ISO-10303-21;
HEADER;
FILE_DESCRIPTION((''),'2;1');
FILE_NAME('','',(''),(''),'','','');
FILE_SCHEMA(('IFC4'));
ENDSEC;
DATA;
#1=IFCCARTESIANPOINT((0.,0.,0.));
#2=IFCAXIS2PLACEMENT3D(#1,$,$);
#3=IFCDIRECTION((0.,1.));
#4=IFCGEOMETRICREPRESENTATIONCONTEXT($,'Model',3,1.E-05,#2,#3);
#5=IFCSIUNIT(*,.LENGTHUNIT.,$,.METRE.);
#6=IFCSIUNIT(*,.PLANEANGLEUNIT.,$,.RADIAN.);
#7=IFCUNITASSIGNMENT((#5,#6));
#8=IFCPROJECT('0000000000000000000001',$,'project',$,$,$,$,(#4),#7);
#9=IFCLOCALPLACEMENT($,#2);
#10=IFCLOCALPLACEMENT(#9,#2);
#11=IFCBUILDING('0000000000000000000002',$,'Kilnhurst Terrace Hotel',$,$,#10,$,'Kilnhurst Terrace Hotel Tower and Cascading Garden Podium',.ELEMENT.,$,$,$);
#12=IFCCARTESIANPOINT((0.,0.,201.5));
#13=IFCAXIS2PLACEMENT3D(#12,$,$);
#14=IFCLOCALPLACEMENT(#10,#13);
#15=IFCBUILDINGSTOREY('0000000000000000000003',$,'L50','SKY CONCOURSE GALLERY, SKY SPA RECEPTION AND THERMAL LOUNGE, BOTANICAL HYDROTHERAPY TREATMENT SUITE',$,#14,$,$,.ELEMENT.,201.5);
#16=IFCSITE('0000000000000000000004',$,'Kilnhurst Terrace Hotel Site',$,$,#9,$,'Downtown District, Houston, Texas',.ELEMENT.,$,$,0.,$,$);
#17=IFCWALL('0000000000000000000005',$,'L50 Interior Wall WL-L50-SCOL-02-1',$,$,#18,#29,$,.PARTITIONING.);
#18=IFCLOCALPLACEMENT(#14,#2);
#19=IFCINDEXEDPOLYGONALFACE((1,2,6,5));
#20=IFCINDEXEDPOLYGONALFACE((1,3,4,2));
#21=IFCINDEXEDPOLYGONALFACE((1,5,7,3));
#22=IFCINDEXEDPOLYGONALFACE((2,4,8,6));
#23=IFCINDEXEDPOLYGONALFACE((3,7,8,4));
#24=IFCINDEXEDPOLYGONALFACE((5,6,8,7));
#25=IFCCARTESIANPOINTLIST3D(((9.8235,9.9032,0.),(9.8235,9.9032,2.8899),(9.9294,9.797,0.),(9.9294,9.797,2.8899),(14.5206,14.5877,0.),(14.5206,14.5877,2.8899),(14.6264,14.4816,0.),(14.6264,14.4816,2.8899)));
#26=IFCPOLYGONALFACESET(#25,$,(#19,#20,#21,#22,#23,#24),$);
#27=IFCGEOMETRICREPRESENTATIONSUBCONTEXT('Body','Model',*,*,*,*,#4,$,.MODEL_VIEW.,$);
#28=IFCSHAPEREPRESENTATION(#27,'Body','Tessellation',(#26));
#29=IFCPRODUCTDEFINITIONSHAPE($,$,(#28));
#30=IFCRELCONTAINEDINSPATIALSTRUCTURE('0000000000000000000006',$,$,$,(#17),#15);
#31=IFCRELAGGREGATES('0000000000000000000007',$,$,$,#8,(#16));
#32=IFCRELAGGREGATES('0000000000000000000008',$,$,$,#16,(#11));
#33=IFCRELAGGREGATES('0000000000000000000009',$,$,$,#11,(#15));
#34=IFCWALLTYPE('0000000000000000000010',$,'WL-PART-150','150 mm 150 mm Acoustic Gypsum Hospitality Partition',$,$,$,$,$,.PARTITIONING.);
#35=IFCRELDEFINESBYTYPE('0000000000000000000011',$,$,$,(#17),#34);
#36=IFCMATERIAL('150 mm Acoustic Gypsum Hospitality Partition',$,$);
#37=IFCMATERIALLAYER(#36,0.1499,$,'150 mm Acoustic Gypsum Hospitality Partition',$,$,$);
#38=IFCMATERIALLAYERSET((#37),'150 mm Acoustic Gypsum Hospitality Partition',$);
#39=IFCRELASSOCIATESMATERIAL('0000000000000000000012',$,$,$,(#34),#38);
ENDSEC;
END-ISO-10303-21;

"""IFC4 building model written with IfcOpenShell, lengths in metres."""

from ifc_helpers import new_model, si_unit, direction, frame, frame_2d, origin, place, context, subcontext, project, spatial, rectangle, extrude, material, layer, layer_set, type_object, element, save


model = new_model("IFC4")

# Units and contexts
model_context = context("Model", 3, precision=1e-05, world=origin(), true_north=direction((0.0, 1.0)))
body_context = subcontext(model_context, "Body", "Model", "MODEL_VIEW")
ifc_project = project(units=[si_unit("LENGTHUNIT", "METRE"), si_unit("PLANEANGLEUNIT", "RADIAN")], contexts=[model_context])

# Site, building, storey
site_placement = place(None, origin())
site = spatial("IfcSite", under=ifc_project, at=site_placement, Name="Kilnhurst Terrace Hotel Site", LongName="Downtown District, Houston, Texas", CompositionType="ELEMENT", RefElevation=0.0)
building_placement = place(site_placement, origin())
building = spatial("IfcBuilding", under=site, at=building_placement, Name="Kilnhurst Terrace Hotel", LongName="Kilnhurst Terrace Hotel Tower and Cascading Garden Podium", CompositionType="ELEMENT")
storey_placement = place(building_placement, frame((0.0, 0.0, 201.5)))
storey = spatial("IfcBuildingStorey", under=building, at=storey_placement, Name="L50", Description="SKY CONCOURSE GALLERY, SKY SPA RECEPTION AND THERMAL LOUNGE, BOTANICAL HYDROTHERAPY TREATMENT SUITE", CompositionType="ELEMENT", Elevation=201.5)

# Wall
ifc_material_1 = material(Name="150 mm Acoustic Gypsum Hospitality Partition")
ifc_layer_1 = layer(ifc_material_1, 0.1499, Name="150 mm Acoustic Gypsum Hospitality Partition")
ifc_layer_set_1 = layer_set([ifc_layer_1], Name="150 mm Acoustic Gypsum Hospitality Partition")
wall_type_1 = type_object("IfcWallType", Name="WL-PART-150", Description="150 mm 150 mm Acoustic Gypsum Hospitality Partition", PredefinedType="PARTITIONING", material=ifc_layer_set_1)
wall_1_placement = place(storey_placement, frame((9.8765, 9.8501, 0.0), z_axis=(0.0, 0.0, 1.0), x_axis=(0.708045, 0.706168, 0.0)))
element("IfcWall", 1, at=wall_1_placement, inside=storey, type_object=wall_type_1, Name="L50 Interior Wall WL-L50-SCOL-02-1", PredefinedType="PARTITIONING", context=body_context, shape_type="SweptSolid", body=[
    extrude(rectangle(XDim=6.6338, YDim=0.1499, at=frame_2d((3.3169, 0.0))), origin(), (0.0, 0.0, 1.0), 2.8899),
])

save(model, "model.ifc")
